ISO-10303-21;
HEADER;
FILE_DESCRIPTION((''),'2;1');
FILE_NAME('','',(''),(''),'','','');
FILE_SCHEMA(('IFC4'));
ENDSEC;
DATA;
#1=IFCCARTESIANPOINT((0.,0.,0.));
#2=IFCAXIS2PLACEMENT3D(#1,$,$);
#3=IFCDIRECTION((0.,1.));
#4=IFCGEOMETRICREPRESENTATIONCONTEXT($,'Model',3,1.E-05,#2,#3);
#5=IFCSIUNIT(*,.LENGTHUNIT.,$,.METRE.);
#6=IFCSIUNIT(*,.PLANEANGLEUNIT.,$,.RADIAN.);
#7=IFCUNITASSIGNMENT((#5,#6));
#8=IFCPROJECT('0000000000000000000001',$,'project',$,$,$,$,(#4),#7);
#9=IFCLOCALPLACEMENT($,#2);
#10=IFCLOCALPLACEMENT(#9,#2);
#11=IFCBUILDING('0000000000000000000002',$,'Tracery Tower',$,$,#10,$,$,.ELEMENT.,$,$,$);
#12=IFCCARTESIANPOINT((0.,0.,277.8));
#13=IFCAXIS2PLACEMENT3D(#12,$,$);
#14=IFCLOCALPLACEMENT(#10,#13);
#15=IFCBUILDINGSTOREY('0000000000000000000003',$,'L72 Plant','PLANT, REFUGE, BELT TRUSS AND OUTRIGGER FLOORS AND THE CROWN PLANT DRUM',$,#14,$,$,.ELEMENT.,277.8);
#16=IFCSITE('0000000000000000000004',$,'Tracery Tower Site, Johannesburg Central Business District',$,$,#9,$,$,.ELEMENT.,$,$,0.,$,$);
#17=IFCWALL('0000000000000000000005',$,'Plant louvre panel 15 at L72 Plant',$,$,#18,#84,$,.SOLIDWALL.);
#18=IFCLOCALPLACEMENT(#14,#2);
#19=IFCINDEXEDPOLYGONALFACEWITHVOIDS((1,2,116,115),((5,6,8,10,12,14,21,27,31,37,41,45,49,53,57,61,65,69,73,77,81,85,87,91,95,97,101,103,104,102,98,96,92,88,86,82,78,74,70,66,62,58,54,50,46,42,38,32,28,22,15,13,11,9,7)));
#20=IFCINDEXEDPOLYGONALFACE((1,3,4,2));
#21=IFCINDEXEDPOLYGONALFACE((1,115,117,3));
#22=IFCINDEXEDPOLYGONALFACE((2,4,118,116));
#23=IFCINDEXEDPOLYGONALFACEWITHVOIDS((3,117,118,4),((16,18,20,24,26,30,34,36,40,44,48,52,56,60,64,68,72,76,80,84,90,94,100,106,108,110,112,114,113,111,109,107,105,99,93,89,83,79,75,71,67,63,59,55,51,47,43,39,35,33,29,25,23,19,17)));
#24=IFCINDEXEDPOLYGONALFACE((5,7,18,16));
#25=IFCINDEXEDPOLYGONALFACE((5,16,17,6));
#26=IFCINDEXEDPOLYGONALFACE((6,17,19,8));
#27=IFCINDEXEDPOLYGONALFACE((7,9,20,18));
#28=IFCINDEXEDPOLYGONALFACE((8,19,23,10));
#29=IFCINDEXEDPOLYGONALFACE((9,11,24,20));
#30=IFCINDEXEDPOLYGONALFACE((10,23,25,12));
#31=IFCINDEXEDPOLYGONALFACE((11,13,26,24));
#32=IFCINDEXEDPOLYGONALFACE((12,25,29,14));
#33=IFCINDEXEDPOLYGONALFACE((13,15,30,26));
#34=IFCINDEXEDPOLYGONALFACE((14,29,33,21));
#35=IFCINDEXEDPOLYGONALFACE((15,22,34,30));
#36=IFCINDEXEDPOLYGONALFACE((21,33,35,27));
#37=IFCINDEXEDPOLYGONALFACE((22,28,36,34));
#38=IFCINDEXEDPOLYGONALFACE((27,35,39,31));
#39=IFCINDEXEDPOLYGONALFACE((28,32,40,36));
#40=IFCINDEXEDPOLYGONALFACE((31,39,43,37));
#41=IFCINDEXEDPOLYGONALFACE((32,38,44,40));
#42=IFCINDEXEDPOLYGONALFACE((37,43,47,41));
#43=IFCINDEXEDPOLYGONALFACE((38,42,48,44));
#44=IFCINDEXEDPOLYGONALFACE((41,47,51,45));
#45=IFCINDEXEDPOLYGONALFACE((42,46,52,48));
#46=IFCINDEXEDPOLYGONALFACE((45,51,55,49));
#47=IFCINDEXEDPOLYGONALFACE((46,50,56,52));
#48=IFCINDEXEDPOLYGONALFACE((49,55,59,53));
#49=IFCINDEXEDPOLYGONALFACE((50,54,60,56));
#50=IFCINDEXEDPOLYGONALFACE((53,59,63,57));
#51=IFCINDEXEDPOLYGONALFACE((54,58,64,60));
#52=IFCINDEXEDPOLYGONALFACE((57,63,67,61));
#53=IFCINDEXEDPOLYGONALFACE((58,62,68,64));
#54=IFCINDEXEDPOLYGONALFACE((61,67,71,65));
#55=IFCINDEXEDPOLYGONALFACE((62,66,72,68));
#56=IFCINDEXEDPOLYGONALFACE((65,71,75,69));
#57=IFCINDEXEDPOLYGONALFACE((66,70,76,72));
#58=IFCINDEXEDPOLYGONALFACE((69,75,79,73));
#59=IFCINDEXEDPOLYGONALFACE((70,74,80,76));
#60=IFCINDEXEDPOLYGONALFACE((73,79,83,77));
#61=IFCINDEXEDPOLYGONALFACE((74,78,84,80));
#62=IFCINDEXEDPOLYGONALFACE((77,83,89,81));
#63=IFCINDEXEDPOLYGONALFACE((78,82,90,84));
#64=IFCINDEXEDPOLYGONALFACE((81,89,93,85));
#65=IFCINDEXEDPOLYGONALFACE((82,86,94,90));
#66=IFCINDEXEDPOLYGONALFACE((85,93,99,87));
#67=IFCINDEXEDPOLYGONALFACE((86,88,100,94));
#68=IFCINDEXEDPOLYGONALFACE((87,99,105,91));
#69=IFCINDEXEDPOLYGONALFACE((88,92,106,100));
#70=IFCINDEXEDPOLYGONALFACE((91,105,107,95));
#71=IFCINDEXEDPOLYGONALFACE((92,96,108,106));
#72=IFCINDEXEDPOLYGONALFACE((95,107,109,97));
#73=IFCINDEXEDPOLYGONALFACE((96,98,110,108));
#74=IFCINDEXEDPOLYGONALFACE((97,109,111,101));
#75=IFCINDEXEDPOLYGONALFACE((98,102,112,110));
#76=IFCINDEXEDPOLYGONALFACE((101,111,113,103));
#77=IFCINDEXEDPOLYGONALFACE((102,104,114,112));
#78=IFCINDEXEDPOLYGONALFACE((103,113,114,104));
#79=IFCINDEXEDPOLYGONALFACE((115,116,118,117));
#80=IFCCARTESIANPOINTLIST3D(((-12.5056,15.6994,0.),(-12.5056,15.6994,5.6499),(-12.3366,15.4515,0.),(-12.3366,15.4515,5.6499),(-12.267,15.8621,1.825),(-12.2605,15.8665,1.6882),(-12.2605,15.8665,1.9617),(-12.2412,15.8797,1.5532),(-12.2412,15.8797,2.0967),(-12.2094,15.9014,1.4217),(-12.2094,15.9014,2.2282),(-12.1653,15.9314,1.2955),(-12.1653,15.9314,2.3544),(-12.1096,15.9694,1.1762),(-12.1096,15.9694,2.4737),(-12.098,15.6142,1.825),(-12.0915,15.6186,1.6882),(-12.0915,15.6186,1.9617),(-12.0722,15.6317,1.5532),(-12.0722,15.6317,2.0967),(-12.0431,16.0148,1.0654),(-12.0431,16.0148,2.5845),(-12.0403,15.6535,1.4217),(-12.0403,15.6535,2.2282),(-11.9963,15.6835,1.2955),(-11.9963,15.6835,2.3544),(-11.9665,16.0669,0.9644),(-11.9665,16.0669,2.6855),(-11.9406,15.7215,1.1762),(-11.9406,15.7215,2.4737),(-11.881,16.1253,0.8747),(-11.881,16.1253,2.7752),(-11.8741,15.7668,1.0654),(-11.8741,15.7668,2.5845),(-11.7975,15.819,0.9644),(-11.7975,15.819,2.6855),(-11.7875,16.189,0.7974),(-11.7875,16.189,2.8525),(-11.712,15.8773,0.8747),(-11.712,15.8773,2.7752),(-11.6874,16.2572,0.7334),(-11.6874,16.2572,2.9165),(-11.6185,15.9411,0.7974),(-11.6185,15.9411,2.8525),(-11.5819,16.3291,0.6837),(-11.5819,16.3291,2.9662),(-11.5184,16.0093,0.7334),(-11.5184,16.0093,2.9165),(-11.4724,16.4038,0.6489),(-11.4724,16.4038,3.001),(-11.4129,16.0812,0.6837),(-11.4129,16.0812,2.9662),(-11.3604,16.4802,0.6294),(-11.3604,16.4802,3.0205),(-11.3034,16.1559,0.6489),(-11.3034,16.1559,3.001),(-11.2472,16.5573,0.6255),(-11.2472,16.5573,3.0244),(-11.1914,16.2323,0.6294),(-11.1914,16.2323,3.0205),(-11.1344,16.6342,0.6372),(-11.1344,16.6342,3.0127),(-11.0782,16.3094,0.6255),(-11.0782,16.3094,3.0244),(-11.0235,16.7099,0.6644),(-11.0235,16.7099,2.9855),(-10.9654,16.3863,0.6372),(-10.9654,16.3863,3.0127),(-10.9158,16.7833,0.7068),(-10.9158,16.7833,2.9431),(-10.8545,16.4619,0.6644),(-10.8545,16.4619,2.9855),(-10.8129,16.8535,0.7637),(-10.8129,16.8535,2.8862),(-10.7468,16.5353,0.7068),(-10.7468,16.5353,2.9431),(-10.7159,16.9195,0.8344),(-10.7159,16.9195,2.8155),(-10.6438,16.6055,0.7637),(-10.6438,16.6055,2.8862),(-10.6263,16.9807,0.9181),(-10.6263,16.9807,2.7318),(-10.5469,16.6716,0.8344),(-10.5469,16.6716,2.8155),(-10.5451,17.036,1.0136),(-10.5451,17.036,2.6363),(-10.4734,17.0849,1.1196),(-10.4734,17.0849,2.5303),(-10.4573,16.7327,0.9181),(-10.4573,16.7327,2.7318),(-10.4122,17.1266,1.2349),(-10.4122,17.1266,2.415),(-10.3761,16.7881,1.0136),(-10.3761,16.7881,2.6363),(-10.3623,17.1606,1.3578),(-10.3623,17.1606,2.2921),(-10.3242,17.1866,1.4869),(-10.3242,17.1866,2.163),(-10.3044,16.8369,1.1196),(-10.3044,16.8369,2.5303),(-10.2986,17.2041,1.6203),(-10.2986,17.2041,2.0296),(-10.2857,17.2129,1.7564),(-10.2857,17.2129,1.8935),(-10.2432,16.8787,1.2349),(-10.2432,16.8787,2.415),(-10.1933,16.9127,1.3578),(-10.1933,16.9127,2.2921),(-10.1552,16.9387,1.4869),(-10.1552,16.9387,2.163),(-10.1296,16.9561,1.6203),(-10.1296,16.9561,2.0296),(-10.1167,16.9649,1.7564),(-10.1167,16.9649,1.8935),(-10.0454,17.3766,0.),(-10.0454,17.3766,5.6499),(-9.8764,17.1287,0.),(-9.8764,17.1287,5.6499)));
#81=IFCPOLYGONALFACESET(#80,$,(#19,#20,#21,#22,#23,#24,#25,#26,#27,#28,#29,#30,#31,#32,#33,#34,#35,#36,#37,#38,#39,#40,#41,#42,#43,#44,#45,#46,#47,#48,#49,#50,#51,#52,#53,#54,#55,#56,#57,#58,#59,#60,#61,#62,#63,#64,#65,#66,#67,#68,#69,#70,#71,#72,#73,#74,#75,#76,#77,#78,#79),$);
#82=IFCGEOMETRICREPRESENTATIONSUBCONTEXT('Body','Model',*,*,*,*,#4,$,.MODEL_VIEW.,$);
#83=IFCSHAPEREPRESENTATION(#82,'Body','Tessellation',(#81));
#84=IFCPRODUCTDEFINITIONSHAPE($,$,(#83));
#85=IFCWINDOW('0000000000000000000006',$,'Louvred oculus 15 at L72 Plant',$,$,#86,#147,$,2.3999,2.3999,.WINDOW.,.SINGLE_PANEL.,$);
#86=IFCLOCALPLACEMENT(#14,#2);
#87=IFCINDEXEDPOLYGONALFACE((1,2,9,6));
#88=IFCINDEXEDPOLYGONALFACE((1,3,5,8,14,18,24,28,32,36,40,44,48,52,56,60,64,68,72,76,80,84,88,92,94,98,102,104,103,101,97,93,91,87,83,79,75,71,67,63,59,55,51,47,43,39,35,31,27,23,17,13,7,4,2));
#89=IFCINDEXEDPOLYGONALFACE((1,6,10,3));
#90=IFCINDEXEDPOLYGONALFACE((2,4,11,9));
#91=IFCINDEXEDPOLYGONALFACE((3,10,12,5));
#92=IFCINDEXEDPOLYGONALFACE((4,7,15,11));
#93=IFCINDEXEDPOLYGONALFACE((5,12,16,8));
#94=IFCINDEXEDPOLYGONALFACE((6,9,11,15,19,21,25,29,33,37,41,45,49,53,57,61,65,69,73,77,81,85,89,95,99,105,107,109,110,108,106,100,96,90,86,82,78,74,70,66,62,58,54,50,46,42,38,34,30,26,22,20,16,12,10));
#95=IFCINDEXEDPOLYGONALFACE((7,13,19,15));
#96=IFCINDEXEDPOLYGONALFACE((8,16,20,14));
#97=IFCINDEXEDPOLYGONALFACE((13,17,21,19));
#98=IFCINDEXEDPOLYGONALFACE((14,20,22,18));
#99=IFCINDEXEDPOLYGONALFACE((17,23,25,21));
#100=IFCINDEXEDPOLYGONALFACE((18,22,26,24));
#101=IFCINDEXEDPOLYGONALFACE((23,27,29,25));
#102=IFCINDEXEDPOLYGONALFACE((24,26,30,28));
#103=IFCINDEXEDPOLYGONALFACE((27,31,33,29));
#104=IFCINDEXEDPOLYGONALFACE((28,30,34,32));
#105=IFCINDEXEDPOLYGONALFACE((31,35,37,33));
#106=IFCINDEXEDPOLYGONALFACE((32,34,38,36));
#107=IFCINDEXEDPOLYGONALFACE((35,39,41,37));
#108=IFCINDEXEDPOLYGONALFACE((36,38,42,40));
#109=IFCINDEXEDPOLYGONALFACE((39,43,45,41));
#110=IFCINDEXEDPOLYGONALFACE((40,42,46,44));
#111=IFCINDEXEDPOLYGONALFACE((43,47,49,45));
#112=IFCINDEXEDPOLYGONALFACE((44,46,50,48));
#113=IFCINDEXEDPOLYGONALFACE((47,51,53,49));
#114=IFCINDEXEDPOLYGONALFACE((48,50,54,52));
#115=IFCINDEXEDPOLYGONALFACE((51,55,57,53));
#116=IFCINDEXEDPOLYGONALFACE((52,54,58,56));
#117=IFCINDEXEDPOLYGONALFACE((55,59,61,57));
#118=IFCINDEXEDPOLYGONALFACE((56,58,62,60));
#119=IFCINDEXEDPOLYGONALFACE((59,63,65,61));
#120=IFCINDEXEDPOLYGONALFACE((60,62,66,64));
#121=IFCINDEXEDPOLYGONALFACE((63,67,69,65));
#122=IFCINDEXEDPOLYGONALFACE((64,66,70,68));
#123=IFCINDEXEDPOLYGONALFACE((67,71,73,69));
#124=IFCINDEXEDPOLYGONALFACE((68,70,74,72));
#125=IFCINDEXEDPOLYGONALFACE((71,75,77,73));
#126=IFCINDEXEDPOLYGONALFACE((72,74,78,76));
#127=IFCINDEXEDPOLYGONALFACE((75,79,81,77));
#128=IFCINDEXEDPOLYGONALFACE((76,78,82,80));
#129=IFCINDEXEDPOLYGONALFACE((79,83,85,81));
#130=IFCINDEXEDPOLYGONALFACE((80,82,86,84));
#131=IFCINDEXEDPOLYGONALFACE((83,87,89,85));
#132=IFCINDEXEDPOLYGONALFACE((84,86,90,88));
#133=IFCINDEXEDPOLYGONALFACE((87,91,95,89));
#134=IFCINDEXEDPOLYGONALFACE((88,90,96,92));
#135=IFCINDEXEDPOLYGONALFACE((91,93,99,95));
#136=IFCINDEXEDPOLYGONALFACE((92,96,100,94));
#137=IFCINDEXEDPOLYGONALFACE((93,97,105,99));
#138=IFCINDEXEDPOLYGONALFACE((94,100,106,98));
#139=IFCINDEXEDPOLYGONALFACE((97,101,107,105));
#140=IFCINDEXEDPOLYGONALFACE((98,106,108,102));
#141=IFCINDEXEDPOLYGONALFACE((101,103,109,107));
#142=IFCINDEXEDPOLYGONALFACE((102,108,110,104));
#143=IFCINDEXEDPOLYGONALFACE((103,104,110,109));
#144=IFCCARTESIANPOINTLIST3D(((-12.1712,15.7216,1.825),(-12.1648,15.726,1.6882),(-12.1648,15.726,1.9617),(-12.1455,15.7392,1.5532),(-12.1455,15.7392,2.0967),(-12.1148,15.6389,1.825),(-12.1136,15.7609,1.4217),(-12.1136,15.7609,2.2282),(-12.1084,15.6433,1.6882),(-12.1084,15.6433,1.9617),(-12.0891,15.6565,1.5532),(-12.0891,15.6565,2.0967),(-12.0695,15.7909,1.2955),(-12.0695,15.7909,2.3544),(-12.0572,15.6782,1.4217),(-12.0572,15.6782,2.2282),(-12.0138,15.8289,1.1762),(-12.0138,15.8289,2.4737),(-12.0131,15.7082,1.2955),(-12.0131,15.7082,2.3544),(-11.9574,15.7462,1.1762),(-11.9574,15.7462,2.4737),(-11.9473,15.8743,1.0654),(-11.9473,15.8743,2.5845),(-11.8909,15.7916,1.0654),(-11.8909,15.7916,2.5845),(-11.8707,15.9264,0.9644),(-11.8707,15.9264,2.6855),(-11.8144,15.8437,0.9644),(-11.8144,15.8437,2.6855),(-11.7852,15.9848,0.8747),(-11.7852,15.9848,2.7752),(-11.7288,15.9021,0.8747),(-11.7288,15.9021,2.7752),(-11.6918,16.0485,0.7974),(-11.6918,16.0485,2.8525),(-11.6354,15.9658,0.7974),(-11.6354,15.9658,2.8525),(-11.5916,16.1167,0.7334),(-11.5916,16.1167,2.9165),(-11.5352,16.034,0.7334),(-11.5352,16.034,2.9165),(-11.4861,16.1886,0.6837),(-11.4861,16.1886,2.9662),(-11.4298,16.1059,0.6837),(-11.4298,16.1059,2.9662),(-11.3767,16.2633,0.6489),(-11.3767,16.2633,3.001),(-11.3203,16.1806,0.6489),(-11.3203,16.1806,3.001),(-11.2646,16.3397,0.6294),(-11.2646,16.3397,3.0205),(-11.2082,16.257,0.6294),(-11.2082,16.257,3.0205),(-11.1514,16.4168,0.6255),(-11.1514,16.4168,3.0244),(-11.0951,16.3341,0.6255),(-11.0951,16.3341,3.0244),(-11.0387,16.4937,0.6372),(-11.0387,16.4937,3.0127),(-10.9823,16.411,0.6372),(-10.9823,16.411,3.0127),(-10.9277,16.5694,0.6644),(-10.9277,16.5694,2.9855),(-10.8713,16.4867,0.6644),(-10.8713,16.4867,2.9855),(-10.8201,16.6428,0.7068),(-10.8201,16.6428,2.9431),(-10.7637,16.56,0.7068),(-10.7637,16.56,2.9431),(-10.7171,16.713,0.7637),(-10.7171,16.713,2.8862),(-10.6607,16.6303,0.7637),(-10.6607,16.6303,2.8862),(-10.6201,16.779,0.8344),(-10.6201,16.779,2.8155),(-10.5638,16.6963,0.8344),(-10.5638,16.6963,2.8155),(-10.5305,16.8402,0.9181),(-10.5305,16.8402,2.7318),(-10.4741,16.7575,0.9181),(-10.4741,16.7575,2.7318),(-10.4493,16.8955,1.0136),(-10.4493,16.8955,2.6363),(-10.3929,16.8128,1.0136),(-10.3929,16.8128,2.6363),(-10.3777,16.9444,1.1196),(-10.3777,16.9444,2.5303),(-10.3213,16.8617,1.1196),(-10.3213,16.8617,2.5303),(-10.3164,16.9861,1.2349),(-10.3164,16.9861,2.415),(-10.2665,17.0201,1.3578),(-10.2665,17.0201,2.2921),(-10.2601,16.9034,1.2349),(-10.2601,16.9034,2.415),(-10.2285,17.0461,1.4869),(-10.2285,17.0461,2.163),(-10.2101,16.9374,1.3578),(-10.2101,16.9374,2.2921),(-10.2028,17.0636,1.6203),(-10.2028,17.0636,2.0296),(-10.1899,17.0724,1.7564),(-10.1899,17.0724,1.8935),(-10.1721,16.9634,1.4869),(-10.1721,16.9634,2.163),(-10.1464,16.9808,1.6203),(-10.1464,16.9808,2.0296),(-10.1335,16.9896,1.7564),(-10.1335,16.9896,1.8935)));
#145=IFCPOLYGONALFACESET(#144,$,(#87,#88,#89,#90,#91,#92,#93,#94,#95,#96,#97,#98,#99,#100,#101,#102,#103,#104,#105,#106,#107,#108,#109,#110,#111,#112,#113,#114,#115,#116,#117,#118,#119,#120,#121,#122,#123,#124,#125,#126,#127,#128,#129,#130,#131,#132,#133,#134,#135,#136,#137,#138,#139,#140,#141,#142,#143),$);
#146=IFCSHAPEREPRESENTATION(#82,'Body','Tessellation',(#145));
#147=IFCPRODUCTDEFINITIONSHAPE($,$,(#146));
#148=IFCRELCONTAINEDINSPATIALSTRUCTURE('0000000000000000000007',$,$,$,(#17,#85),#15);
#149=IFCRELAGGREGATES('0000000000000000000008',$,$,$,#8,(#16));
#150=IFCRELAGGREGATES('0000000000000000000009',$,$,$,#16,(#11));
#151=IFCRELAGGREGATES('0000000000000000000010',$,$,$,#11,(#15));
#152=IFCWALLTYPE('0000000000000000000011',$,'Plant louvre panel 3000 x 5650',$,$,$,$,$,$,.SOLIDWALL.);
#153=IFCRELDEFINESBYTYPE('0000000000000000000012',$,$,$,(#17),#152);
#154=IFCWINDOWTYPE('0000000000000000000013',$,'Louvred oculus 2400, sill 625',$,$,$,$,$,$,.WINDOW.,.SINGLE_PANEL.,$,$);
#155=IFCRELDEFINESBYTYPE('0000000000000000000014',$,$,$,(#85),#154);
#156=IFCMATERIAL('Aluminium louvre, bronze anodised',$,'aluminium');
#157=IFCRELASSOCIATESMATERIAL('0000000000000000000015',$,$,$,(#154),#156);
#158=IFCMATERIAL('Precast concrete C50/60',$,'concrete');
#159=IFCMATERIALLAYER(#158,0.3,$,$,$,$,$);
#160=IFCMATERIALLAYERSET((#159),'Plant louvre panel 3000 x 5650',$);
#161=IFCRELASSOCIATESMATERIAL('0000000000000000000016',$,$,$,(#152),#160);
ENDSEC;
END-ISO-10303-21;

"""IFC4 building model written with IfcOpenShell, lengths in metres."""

from ifc_helpers import new_model, si_unit, direction, frame, frame_2d, origin, origin_2d, place, context, subcontext, project, spatial, rectangle, circle, extrude, material, layer, layer_set, type_object, element, fill, save


model = new_model("IFC4")

# Units and contexts
model_context = context("Model", 3, precision=1e-05, world=origin(), true_north=direction((0.0, 1.0)))
body_context = subcontext(model_context, "Body", "Model", "MODEL_VIEW")
ifc_project = project(units=[si_unit("LENGTHUNIT", "METRE"), si_unit("PLANEANGLEUNIT", "RADIAN")], contexts=[model_context])

# Site, building, storey
site_placement = place(None, origin())
site = spatial("IfcSite", under=ifc_project, at=site_placement, Name="Tracery Tower Site, Johannesburg Central Business District", CompositionType="ELEMENT", RefElevation=0.0)
building_placement = place(site_placement, origin())
building = spatial("IfcBuilding", under=site, at=building_placement, Name="Tracery Tower", CompositionType="ELEMENT")
storey_placement = place(building_placement, frame((0.0, 0.0, 277.8)))
storey = spatial("IfcBuildingStorey", under=building, at=storey_placement, Name="L72 Plant", Description="PLANT, REFUGE, BELT TRUSS AND OUTRIGGER FLOORS AND THE CROWN PLANT DRUM", CompositionType="ELEMENT", Elevation=277.8)

# Wall, opening, window
ifc_material_1 = material(Name="Aluminium louvre, bronze anodised", Category="aluminium")
window_type = type_object("IfcWindowType", Name="Louvred oculus 2400, sill 625", PartitioningType="SINGLE_PANEL", PredefinedType="WINDOW", material=ifc_material_1)
ifc_material_2 = material(Name="Precast concrete C50/60", Category="concrete")
ifc_layer_1 = layer(ifc_material_2, 0.3)
ifc_layer_set_1 = layer_set([ifc_layer_1], Name="Plant louvre panel 3000 x 5650")
wall_type_1 = type_object("IfcWallType", Name="Plant louvre panel 3000 x 5650", PredefinedType="SOLIDWALL", material=ifc_layer_set_1)
wall_1_placement = place(storey_placement, frame((-9.9609, 17.2527, 0.0), z_axis=(0.0, 0.0, 1.0), x_axis=(-0.826253, -0.563299, 0.0)))
wall_1 = element("IfcWall", 1, at=wall_1_placement, inside=storey, type_object=wall_type_1, Name="Plant louvre panel 15 at L72 Plant", PredefinedType="SOLIDWALL", context=body_context, shape_type="SweptSolid", body=[
    extrude(rectangle(XDim=2.9775, YDim=0.3, at=frame_2d((1.4888, 0.0))), origin(), (0.0, 0.0, 1.0), 5.6499),
])
opening_1_placement = place(wall_1_placement, frame((1.4888, 0.0, 1.825)))
opening_1 = element("IfcOpeningElement", 2, at=opening_1_placement, cuts=wall_1, PredefinedType="OPENING", context=body_context, shape_type="SweptSolid", body=[
    extrude(circle(Radius=1.2, at=origin_2d()), frame((0.0, 0.1599, 0.0), z_axis=(0.0, -1.0, 0.0), x_axis=(1.0, 0.0, 0.0)), (0.0, 0.0, 1.0), 0.3201),
])
window_1_placement = place(opening_1_placement, origin())
window_1 = element("IfcWindow", 3, at=window_1_placement, inside=storey, type_object=window_type, Name="Louvred oculus 15 at L72 Plant", OverallHeight=2.3999, OverallWidth=2.3999, PartitioningType="SINGLE_PANEL", PredefinedType="WINDOW", context=body_context, shape_type="SweptSolid", body=[
    extrude(circle(Radius=1.2, at=origin_2d()), frame((0.0, 0.1201, 0.0), z_axis=(0.0, -1.0, 0.0), x_axis=(1.0, 0.0, 0.0)), (0.0, 0.0, 1.0), 0.1001),
])
fill(opening_1, window_1)

save(model, "model.ifc")
